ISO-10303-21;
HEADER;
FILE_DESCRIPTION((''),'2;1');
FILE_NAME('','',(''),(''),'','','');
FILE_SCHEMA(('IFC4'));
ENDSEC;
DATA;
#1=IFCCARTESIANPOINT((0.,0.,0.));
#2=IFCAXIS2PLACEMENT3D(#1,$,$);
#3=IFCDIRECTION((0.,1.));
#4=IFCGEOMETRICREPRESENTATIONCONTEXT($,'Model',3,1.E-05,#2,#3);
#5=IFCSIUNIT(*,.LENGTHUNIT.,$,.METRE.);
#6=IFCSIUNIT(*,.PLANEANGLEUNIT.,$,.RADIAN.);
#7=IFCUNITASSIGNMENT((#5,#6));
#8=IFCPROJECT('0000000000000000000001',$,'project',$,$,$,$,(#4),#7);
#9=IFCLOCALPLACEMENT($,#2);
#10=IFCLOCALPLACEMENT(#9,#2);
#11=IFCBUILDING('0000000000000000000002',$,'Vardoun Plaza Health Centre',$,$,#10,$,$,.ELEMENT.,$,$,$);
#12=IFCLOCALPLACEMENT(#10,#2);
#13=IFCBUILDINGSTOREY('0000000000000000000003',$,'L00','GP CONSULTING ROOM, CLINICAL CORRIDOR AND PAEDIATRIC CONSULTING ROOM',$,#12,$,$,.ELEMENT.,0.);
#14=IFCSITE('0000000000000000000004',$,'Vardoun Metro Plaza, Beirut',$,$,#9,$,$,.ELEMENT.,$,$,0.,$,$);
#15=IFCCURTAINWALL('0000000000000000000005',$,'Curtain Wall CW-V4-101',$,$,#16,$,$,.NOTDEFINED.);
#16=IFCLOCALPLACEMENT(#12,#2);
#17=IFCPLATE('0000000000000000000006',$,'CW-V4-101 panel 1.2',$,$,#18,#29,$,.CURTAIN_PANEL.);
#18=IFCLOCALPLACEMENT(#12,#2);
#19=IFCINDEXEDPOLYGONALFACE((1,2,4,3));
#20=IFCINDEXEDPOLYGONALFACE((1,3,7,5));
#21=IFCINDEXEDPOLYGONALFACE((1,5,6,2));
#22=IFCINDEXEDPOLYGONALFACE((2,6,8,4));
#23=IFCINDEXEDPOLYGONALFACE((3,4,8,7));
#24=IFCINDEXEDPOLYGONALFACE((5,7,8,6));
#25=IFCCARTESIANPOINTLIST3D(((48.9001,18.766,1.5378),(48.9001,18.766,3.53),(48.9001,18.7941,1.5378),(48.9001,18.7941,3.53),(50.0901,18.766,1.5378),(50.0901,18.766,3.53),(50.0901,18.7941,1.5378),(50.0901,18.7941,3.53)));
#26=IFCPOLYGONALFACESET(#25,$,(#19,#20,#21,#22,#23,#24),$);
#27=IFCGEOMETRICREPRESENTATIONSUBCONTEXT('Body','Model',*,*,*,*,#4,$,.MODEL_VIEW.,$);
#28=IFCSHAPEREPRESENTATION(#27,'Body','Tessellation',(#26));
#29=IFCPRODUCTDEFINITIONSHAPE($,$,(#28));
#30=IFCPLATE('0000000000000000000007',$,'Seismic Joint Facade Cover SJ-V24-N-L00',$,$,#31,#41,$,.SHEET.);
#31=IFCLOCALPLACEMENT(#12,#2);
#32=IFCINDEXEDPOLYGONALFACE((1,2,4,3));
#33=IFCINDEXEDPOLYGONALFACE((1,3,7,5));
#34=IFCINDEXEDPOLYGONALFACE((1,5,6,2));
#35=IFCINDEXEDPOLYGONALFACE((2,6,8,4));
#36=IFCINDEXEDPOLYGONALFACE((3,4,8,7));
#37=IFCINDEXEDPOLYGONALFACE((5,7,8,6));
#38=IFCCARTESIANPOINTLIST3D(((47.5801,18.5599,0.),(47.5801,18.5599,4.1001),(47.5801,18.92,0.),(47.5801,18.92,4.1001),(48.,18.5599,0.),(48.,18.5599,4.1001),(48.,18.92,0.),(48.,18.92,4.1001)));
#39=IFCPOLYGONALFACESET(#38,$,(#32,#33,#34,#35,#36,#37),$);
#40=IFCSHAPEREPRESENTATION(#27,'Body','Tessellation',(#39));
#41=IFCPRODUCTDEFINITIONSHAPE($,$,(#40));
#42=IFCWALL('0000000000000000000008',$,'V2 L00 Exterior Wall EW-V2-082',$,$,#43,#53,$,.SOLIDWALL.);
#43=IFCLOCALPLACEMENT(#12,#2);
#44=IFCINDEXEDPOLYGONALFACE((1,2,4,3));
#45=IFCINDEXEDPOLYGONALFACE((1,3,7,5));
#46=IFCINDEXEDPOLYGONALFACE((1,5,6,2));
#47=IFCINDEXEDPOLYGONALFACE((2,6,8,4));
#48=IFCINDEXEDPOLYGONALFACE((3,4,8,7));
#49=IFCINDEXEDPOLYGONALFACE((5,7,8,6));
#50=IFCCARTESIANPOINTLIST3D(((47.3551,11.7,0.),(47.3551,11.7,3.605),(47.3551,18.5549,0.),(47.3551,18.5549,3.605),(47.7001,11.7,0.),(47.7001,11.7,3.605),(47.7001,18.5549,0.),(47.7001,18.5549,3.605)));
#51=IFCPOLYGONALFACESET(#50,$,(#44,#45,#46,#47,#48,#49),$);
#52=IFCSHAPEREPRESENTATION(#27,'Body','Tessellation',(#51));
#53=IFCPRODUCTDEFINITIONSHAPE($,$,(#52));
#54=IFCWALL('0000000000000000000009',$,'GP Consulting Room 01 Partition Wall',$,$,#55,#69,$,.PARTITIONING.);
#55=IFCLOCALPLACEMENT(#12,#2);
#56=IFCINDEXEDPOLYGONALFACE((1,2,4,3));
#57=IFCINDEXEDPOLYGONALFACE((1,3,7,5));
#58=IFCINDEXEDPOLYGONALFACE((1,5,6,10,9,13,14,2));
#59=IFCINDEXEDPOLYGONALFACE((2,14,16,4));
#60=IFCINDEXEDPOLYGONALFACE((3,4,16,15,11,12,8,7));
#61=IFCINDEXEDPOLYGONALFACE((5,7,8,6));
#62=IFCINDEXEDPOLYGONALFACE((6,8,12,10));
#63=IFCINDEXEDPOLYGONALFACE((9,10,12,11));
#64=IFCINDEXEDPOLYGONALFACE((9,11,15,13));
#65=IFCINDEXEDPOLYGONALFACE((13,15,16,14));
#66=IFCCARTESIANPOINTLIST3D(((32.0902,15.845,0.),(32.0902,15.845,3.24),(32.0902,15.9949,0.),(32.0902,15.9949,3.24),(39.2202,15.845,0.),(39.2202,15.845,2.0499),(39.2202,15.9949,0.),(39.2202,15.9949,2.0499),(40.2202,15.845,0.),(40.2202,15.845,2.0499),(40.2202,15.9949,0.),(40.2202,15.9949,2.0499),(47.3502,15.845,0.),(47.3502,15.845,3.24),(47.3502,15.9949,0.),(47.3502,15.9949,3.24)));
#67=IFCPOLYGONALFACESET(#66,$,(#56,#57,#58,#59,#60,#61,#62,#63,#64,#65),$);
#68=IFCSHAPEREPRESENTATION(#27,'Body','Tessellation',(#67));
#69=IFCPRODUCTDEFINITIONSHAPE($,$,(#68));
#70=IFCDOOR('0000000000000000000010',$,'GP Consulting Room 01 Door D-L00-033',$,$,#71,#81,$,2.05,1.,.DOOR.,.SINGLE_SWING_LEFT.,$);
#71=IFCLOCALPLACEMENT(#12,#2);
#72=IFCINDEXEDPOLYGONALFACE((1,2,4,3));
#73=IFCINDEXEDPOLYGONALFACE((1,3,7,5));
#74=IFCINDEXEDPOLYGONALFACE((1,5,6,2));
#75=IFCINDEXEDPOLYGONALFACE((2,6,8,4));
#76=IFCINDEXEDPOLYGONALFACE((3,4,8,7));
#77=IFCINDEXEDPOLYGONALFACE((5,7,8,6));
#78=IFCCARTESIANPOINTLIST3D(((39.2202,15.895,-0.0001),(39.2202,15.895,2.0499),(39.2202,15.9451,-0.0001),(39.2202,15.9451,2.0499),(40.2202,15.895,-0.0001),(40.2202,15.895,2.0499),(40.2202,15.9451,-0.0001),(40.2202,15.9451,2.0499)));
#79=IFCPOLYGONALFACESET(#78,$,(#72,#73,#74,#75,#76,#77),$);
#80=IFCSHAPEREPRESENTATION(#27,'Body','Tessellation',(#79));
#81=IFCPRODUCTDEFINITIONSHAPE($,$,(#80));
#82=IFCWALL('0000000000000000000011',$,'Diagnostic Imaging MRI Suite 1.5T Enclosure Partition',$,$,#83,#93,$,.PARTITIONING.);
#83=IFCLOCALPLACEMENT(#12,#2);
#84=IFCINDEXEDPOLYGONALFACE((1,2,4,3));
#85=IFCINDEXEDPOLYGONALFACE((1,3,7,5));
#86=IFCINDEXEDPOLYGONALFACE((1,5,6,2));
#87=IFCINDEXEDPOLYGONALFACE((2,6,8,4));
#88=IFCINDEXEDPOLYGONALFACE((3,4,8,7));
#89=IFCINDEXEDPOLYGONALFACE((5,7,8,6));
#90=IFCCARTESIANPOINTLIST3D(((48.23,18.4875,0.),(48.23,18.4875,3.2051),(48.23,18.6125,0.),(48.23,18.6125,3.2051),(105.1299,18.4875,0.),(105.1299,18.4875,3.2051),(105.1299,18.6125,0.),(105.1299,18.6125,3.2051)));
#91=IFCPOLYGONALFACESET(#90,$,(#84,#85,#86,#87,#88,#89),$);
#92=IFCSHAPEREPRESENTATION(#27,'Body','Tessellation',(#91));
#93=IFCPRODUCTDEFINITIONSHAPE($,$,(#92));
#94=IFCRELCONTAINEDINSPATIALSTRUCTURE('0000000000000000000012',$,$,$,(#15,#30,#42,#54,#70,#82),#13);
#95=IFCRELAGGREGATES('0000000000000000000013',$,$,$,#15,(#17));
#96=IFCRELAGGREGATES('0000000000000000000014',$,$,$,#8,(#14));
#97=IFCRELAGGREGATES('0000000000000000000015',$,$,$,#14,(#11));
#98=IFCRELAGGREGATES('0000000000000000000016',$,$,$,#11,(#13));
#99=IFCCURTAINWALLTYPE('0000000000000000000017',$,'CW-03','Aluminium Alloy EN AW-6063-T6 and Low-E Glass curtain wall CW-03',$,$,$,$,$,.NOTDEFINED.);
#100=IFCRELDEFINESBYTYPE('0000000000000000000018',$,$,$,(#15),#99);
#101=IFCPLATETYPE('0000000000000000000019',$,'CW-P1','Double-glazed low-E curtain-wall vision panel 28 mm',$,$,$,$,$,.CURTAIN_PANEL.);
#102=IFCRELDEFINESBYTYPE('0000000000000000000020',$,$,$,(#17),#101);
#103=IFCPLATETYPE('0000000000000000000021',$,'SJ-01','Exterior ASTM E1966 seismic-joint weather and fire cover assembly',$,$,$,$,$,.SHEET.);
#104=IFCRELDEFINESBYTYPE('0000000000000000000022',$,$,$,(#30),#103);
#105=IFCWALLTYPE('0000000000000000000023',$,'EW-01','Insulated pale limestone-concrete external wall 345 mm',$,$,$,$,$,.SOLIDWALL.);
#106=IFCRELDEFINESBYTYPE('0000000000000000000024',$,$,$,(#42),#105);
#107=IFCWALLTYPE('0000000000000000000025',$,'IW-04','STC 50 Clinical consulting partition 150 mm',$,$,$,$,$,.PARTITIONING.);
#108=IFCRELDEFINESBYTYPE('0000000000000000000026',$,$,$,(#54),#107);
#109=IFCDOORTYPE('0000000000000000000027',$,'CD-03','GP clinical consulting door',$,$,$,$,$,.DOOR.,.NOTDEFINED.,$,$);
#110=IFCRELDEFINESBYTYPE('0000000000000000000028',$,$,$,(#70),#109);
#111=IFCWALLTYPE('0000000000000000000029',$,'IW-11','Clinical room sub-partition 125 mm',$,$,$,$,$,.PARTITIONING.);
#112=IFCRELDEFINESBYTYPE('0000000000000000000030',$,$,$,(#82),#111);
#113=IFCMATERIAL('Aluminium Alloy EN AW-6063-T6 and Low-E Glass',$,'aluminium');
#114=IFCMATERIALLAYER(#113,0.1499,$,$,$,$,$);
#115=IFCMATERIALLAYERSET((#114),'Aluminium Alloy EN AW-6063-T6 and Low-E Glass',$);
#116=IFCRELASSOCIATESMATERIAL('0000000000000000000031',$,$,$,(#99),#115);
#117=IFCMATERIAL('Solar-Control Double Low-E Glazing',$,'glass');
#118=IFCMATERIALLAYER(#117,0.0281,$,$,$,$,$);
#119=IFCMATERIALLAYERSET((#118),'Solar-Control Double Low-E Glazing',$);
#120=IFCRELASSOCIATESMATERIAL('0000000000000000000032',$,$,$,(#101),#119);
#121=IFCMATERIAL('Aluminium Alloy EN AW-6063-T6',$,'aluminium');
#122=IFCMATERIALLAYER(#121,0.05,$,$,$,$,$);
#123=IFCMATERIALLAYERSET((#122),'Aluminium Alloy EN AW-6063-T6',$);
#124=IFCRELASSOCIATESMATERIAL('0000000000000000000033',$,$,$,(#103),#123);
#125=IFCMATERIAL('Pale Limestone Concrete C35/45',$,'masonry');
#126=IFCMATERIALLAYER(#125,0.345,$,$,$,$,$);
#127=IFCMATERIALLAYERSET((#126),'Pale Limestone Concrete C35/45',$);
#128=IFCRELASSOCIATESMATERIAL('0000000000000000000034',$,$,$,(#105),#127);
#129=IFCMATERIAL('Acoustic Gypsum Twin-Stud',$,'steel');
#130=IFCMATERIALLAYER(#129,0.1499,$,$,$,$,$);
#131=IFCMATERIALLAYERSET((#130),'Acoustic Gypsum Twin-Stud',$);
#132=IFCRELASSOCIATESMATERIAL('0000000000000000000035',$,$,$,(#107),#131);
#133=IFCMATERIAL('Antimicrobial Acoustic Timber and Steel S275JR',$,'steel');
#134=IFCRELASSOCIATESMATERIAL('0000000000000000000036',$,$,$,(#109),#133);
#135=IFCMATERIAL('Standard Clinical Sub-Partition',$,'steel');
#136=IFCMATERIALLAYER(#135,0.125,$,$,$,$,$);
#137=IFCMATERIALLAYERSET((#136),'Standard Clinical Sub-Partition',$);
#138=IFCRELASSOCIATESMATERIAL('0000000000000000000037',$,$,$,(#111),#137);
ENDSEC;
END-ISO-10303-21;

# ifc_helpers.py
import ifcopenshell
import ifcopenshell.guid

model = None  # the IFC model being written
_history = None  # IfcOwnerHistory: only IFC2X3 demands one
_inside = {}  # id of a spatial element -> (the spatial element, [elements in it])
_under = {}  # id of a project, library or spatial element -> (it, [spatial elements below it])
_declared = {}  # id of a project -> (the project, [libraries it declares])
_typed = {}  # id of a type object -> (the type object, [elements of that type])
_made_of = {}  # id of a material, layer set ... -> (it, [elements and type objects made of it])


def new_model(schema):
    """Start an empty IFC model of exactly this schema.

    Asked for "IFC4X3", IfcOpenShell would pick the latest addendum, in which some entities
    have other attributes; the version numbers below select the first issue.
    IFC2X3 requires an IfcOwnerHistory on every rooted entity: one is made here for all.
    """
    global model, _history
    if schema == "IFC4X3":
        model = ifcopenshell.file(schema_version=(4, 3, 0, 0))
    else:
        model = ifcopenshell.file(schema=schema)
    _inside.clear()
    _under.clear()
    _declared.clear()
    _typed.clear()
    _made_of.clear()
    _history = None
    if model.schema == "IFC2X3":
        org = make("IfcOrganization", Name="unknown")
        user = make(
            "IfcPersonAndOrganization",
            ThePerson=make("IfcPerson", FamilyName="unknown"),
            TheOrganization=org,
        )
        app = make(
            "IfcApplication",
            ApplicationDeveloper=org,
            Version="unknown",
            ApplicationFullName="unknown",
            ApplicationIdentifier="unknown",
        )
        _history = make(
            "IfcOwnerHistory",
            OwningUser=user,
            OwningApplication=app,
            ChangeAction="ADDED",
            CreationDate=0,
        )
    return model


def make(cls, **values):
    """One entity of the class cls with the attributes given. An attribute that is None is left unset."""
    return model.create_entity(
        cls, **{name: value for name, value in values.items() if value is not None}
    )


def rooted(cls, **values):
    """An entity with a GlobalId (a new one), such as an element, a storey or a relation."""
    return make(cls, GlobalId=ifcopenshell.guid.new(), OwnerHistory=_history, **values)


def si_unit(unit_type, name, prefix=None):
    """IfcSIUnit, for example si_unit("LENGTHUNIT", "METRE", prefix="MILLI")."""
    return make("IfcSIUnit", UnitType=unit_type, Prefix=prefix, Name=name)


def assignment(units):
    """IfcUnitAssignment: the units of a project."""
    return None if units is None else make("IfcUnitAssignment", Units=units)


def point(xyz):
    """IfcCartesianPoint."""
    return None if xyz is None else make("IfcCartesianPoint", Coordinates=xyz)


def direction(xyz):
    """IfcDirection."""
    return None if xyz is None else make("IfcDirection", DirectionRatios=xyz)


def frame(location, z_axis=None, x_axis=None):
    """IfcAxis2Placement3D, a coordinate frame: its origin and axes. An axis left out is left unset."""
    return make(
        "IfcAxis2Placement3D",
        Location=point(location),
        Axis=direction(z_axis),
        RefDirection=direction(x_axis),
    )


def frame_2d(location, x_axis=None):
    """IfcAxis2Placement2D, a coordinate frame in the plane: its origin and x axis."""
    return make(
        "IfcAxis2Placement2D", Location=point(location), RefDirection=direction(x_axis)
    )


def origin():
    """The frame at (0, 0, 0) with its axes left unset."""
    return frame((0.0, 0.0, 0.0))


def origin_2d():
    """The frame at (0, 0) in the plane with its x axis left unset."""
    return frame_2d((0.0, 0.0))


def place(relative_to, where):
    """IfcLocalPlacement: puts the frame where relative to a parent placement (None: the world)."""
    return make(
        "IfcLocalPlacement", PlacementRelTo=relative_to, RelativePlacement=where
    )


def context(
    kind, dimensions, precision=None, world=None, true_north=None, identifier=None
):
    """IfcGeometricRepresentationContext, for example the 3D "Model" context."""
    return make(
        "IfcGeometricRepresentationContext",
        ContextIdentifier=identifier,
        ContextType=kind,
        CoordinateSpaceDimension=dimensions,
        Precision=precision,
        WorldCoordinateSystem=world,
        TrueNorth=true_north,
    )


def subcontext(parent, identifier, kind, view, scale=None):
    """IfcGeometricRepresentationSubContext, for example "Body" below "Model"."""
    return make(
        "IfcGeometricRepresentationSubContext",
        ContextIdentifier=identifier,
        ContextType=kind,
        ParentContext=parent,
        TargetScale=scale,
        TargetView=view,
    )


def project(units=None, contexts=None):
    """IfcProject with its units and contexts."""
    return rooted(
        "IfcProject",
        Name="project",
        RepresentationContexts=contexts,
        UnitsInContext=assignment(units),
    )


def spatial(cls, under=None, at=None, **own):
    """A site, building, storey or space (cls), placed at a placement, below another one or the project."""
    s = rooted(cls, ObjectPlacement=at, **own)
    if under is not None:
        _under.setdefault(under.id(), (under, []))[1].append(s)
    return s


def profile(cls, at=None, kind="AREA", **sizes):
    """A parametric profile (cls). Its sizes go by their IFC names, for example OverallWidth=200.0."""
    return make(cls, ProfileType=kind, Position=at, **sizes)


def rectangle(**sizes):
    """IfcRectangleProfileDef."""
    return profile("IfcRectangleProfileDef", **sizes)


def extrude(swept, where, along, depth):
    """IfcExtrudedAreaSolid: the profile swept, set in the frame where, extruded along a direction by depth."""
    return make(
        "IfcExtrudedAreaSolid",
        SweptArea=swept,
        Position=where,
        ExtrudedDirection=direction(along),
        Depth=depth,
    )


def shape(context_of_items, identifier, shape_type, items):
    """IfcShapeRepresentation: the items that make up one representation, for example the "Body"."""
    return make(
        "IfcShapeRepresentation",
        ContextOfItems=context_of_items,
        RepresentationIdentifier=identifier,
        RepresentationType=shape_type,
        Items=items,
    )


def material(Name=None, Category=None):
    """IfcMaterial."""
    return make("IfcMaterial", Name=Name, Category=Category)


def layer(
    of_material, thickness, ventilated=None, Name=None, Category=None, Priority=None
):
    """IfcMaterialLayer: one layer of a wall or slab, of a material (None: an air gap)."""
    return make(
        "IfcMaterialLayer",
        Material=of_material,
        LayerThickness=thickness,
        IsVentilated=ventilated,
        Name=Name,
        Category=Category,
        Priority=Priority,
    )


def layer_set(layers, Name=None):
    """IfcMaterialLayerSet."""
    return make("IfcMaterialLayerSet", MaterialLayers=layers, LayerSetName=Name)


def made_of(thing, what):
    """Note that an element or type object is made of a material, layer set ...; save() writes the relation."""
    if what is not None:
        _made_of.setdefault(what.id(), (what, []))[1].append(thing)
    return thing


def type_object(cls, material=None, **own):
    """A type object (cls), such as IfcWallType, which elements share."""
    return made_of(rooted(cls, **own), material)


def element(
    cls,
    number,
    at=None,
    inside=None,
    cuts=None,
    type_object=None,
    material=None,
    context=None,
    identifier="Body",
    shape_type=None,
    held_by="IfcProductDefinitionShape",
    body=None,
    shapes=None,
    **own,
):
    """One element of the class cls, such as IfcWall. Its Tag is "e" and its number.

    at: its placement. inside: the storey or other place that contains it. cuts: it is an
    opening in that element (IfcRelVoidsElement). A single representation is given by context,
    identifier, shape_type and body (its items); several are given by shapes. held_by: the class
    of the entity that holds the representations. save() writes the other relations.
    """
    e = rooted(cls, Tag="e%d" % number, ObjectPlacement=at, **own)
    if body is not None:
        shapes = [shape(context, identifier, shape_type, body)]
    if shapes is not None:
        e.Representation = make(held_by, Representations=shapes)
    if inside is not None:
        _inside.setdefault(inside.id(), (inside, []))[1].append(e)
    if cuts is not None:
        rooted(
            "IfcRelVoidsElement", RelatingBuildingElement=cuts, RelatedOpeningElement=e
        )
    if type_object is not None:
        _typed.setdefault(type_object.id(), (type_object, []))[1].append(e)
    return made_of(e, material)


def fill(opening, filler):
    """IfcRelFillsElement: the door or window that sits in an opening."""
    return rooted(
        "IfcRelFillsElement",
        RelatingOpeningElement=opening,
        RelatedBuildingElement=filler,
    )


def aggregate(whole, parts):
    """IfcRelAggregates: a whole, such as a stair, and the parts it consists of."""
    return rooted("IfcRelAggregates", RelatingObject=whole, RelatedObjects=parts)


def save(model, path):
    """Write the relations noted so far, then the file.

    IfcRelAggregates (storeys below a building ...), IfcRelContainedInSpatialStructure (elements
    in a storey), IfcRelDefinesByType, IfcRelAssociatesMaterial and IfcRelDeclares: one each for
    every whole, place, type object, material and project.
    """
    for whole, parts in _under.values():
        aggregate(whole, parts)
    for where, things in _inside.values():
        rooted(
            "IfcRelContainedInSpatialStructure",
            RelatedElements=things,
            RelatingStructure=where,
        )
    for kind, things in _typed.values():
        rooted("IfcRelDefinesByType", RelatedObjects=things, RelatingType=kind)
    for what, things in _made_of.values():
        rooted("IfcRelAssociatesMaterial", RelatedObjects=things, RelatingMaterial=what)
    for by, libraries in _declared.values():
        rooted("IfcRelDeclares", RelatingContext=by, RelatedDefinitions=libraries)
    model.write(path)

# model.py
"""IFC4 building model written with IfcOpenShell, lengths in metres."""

from ifc_helpers import new_model, si_unit, direction, frame, frame_2d, origin, origin_2d, place, context, subcontext, project, spatial, rectangle, extrude, material, layer, layer_set, type_object, element, fill, aggregate, save


model = new_model("IFC4")

# Units and contexts
model_context = context("Model", 3, precision=1e-05, world=origin(), true_north=direction((0.0, 1.0)))
body_context = subcontext(model_context, "Body", "Model", "MODEL_VIEW")
ifc_project = project(units=[si_unit("LENGTHUNIT", "METRE"), si_unit("PLANEANGLEUNIT", "RADIAN")], contexts=[model_context])

# Site, building, storey
site_placement = place(None, origin())
site = spatial("IfcSite", under=ifc_project, at=site_placement, Name="Vardoun Metro Plaza, Beirut", CompositionType="ELEMENT", RefElevation=0.0)
building_placement = place(site_placement, origin())
building = spatial("IfcBuilding", under=site, at=building_placement, Name="Vardoun Plaza Health Centre", CompositionType="ELEMENT")
storey_placement = place(building_placement, origin())
storey = spatial("IfcBuildingStorey", under=building, at=storey_placement, Name="L00", Description="GP CONSULTING ROOM, CLINICAL CORRIDOR AND PAEDIATRIC CONSULTING ROOM", CompositionType="ELEMENT", Elevation=0.0)

# Curtain wall, plate
ifc_material_1 = material(Name="Aluminium Alloy EN AW-6063-T6 and Low-E Glass", Category="aluminium")
ifc_layer_1 = layer(ifc_material_1, 0.1499)
ifc_layer_set_1 = layer_set([ifc_layer_1], Name="Aluminium Alloy EN AW-6063-T6 and Low-E Glass")
curtain_wall_type = type_object("IfcCurtainWallType", Name="CW-03", Description="Aluminium Alloy EN AW-6063-T6 and Low-E Glass curtain wall CW-03", PredefinedType="NOTDEFINED", material=ifc_layer_set_1)
curtain_wall_placement = place(storey_placement, origin())
curtain_wall = element("IfcCurtainWall", 1, at=curtain_wall_placement, inside=storey, type_object=curtain_wall_type, Name="Curtain Wall CW-V4-101", PredefinedType="NOTDEFINED")
ifc_material_2 = material(Name="Solar-Control Double Low-E Glazing", Category="glass")
ifc_layer_2 = layer(ifc_material_2, 0.0281)
ifc_layer_set_2 = layer_set([ifc_layer_2], Name="Solar-Control Double Low-E Glazing")
plate_type_1 = type_object("IfcPlateType", Name="CW-P1", Description="Double-glazed low-E curtain-wall vision panel 28 mm", PredefinedType="CURTAIN_PANEL", material=ifc_layer_set_2)
plate_1_placement = place(storey_placement, frame((49.4951, 18.78, 1.5378), z_axis=(0.0, 0.0, 1.0), x_axis=(1.0, 0.0, 0.0)))
plate_1 = element("IfcPlate", 2, at=plate_1_placement, type_object=plate_type_1, Name="CW-V4-101 panel 1.2", PredefinedType="CURTAIN_PANEL", context=body_context, shape_type="SweptSolid", body=[
    extrude(rectangle(XDim=1.1899, YDim=0.0281, at=origin_2d()), origin(), (0.0, 0.0, 1.0), 1.9922),
])
aggregate(curtain_wall, [plate_1])

# Plate
ifc_material_3 = material(Name="Aluminium Alloy EN AW-6063-T6", Category="aluminium")
ifc_layer_3 = layer(ifc_material_3, 0.05)
ifc_layer_set_3 = layer_set([ifc_layer_3], Name="Aluminium Alloy EN AW-6063-T6")
plate_type_2 = type_object("IfcPlateType", Name="SJ-01", Description="Exterior ASTM E1966 seismic-joint weather and fire cover assembly", PredefinedType="SHEET", material=ifc_layer_set_3)
plate_2_placement = place(storey_placement, frame((47.79, 18.74, 0.0), z_axis=(0.0, 0.0, 1.0), x_axis=(1.0, 0.0, 0.0)))
element("IfcPlate", 3, at=plate_2_placement, inside=storey, type_object=plate_type_2, Name="Seismic Joint Facade Cover SJ-V24-N-L00", PredefinedType="SHEET", context=body_context, shape_type="SweptSolid", body=[
    extrude(rectangle(XDim=0.4199, YDim=0.3601, at=origin_2d()), origin(), (0.0, 0.0, 1.0), 4.1001),
])

# Shared definitions
ifc_material_4 = material(Name="Pale Limestone Concrete C35/45", Category="masonry")
ifc_layer_4 = layer(ifc_material_4, 0.345)
ifc_layer_set_4 = layer_set([ifc_layer_4], Name="Pale Limestone Concrete C35/45")
wall_type_1 = type_object("IfcWallType", Name="EW-01", Description="Insulated pale limestone-concrete external wall 345 mm", PredefinedType="SOLIDWALL", material=ifc_layer_set_4)

# Wall
wall_1_placement = place(storey_placement, frame((47.5276, 18.5549, 0.0), z_axis=(0.0, 0.0, 1.0), x_axis=(0.0, -1.0, 0.0)))
element("IfcWall", 4, at=wall_1_placement, inside=storey, type_object=wall_type_1, Name="V2 L00 Exterior Wall EW-V2-082", PredefinedType="SOLIDWALL", context=body_context, shape_type="SweptSolid", body=[
    extrude(rectangle(XDim=6.855, YDim=0.345, at=frame_2d((3.4275, 0.0))), origin(), (0.0, 0.0, 1.0), 3.605),
])

# Wall, opening, door
ifc_material_5 = material(Name="Acoustic Gypsum Twin-Stud", Category="steel")
ifc_layer_5 = layer(ifc_material_5, 0.1499)
ifc_layer_set_5 = layer_set([ifc_layer_5], Name="Acoustic Gypsum Twin-Stud")
wall_type_2 = type_object("IfcWallType", Name="IW-04", Description="STC 50 Clinical consulting partition 150 mm", PredefinedType="PARTITIONING", material=ifc_layer_set_5)
wall_2_placement = place(storey_placement, frame((47.3501, 15.9199, 0.0), z_axis=(0.0, 0.0, 1.0), x_axis=(-1.0, 0.0, 0.0)))
wall_2 = element("IfcWall", 5, at=wall_2_placement, inside=storey, type_object=wall_type_2, Name="GP Consulting Room 01 Partition Wall", PredefinedType="PARTITIONING", context=body_context, shape_type="SweptSolid", body=[
    extrude(rectangle(XDim=15.26, YDim=0.1499, at=frame_2d((7.6299, 0.0))), origin(), (0.0, 0.0, 1.0), 3.24),
])
opening_1_placement = place(wall_2_placement, frame((7.1299, 0.0, 0.0)))
opening_1 = element("IfcOpeningElement", 6, at=opening_1_placement, cuts=wall_2, PredefinedType="OPENING", context=body_context, shape_type="SweptSolid", body=[
    extrude(rectangle(XDim=1.0, YDim=2.05, at=frame_2d((0.5, 1.0249))), frame((0.0, 0.075, 0.0), z_axis=(0.0, -1.0, 0.0), x_axis=(1.0, 0.0, 0.0)), (0.0, 0.0, 1.0), 0.1499),
])
ifc_material_6 = material(Name="Antimicrobial Acoustic Timber and Steel S275JR", Category="steel")
door_type = type_object("IfcDoorType", Name="CD-03", Description="GP clinical consulting door", OperationType="NOTDEFINED", PredefinedType="DOOR", material=ifc_material_6)
door_placement = place(opening_1_placement, origin())
door = element("IfcDoor", 7, at=door_placement, inside=storey, type_object=door_type, Name="GP Consulting Room 01 Door D-L00-033", OperationType="SINGLE_SWING_LEFT", OverallHeight=2.05, OverallWidth=1.0, PredefinedType="DOOR", context=body_context, shape_type="SweptSolid", body=[
    extrude(rectangle(XDim=1.0, YDim=2.05, at=frame_2d((0.5, 1.0249))), frame((0.0, 0.0249, 0.0), z_axis=(0.0, -1.0, 0.0), x_axis=(1.0, 0.0, 0.0)), (0.0, 0.0, 1.0), 0.05),
])
fill(opening_1, door)

# Wall
ifc_material_7 = material(Name="Standard Clinical Sub-Partition", Category="steel")
ifc_layer_6 = layer(ifc_material_7, 0.125)
ifc_layer_set_6 = layer_set([ifc_layer_6], Name="Standard Clinical Sub-Partition")
wall_type_3 = type_object("IfcWallType", Name="IW-11", Description="Clinical room sub-partition 125 mm", PredefinedType="PARTITIONING", material=ifc_layer_set_6)
wall_3_placement = place(storey_placement, frame((48.23, 18.55, 0.0), z_axis=(0.0, 0.0, 1.0), x_axis=(1.0, 0.0, 0.0)))
element("IfcWall", 8, at=wall_3_placement, inside=storey, type_object=wall_type_3, Name="Diagnostic Imaging MRI Suite 1.5T Enclosure Partition", PredefinedType="PARTITIONING", context=body_context, shape_type="SweptSolid", body=[
    extrude(rectangle(XDim=56.8999, YDim=0.125, at=frame_2d((28.45, 0.0))), origin(), (0.0, 0.0, 1.0), 3.2051),
])

save(model, "model.ifc")
